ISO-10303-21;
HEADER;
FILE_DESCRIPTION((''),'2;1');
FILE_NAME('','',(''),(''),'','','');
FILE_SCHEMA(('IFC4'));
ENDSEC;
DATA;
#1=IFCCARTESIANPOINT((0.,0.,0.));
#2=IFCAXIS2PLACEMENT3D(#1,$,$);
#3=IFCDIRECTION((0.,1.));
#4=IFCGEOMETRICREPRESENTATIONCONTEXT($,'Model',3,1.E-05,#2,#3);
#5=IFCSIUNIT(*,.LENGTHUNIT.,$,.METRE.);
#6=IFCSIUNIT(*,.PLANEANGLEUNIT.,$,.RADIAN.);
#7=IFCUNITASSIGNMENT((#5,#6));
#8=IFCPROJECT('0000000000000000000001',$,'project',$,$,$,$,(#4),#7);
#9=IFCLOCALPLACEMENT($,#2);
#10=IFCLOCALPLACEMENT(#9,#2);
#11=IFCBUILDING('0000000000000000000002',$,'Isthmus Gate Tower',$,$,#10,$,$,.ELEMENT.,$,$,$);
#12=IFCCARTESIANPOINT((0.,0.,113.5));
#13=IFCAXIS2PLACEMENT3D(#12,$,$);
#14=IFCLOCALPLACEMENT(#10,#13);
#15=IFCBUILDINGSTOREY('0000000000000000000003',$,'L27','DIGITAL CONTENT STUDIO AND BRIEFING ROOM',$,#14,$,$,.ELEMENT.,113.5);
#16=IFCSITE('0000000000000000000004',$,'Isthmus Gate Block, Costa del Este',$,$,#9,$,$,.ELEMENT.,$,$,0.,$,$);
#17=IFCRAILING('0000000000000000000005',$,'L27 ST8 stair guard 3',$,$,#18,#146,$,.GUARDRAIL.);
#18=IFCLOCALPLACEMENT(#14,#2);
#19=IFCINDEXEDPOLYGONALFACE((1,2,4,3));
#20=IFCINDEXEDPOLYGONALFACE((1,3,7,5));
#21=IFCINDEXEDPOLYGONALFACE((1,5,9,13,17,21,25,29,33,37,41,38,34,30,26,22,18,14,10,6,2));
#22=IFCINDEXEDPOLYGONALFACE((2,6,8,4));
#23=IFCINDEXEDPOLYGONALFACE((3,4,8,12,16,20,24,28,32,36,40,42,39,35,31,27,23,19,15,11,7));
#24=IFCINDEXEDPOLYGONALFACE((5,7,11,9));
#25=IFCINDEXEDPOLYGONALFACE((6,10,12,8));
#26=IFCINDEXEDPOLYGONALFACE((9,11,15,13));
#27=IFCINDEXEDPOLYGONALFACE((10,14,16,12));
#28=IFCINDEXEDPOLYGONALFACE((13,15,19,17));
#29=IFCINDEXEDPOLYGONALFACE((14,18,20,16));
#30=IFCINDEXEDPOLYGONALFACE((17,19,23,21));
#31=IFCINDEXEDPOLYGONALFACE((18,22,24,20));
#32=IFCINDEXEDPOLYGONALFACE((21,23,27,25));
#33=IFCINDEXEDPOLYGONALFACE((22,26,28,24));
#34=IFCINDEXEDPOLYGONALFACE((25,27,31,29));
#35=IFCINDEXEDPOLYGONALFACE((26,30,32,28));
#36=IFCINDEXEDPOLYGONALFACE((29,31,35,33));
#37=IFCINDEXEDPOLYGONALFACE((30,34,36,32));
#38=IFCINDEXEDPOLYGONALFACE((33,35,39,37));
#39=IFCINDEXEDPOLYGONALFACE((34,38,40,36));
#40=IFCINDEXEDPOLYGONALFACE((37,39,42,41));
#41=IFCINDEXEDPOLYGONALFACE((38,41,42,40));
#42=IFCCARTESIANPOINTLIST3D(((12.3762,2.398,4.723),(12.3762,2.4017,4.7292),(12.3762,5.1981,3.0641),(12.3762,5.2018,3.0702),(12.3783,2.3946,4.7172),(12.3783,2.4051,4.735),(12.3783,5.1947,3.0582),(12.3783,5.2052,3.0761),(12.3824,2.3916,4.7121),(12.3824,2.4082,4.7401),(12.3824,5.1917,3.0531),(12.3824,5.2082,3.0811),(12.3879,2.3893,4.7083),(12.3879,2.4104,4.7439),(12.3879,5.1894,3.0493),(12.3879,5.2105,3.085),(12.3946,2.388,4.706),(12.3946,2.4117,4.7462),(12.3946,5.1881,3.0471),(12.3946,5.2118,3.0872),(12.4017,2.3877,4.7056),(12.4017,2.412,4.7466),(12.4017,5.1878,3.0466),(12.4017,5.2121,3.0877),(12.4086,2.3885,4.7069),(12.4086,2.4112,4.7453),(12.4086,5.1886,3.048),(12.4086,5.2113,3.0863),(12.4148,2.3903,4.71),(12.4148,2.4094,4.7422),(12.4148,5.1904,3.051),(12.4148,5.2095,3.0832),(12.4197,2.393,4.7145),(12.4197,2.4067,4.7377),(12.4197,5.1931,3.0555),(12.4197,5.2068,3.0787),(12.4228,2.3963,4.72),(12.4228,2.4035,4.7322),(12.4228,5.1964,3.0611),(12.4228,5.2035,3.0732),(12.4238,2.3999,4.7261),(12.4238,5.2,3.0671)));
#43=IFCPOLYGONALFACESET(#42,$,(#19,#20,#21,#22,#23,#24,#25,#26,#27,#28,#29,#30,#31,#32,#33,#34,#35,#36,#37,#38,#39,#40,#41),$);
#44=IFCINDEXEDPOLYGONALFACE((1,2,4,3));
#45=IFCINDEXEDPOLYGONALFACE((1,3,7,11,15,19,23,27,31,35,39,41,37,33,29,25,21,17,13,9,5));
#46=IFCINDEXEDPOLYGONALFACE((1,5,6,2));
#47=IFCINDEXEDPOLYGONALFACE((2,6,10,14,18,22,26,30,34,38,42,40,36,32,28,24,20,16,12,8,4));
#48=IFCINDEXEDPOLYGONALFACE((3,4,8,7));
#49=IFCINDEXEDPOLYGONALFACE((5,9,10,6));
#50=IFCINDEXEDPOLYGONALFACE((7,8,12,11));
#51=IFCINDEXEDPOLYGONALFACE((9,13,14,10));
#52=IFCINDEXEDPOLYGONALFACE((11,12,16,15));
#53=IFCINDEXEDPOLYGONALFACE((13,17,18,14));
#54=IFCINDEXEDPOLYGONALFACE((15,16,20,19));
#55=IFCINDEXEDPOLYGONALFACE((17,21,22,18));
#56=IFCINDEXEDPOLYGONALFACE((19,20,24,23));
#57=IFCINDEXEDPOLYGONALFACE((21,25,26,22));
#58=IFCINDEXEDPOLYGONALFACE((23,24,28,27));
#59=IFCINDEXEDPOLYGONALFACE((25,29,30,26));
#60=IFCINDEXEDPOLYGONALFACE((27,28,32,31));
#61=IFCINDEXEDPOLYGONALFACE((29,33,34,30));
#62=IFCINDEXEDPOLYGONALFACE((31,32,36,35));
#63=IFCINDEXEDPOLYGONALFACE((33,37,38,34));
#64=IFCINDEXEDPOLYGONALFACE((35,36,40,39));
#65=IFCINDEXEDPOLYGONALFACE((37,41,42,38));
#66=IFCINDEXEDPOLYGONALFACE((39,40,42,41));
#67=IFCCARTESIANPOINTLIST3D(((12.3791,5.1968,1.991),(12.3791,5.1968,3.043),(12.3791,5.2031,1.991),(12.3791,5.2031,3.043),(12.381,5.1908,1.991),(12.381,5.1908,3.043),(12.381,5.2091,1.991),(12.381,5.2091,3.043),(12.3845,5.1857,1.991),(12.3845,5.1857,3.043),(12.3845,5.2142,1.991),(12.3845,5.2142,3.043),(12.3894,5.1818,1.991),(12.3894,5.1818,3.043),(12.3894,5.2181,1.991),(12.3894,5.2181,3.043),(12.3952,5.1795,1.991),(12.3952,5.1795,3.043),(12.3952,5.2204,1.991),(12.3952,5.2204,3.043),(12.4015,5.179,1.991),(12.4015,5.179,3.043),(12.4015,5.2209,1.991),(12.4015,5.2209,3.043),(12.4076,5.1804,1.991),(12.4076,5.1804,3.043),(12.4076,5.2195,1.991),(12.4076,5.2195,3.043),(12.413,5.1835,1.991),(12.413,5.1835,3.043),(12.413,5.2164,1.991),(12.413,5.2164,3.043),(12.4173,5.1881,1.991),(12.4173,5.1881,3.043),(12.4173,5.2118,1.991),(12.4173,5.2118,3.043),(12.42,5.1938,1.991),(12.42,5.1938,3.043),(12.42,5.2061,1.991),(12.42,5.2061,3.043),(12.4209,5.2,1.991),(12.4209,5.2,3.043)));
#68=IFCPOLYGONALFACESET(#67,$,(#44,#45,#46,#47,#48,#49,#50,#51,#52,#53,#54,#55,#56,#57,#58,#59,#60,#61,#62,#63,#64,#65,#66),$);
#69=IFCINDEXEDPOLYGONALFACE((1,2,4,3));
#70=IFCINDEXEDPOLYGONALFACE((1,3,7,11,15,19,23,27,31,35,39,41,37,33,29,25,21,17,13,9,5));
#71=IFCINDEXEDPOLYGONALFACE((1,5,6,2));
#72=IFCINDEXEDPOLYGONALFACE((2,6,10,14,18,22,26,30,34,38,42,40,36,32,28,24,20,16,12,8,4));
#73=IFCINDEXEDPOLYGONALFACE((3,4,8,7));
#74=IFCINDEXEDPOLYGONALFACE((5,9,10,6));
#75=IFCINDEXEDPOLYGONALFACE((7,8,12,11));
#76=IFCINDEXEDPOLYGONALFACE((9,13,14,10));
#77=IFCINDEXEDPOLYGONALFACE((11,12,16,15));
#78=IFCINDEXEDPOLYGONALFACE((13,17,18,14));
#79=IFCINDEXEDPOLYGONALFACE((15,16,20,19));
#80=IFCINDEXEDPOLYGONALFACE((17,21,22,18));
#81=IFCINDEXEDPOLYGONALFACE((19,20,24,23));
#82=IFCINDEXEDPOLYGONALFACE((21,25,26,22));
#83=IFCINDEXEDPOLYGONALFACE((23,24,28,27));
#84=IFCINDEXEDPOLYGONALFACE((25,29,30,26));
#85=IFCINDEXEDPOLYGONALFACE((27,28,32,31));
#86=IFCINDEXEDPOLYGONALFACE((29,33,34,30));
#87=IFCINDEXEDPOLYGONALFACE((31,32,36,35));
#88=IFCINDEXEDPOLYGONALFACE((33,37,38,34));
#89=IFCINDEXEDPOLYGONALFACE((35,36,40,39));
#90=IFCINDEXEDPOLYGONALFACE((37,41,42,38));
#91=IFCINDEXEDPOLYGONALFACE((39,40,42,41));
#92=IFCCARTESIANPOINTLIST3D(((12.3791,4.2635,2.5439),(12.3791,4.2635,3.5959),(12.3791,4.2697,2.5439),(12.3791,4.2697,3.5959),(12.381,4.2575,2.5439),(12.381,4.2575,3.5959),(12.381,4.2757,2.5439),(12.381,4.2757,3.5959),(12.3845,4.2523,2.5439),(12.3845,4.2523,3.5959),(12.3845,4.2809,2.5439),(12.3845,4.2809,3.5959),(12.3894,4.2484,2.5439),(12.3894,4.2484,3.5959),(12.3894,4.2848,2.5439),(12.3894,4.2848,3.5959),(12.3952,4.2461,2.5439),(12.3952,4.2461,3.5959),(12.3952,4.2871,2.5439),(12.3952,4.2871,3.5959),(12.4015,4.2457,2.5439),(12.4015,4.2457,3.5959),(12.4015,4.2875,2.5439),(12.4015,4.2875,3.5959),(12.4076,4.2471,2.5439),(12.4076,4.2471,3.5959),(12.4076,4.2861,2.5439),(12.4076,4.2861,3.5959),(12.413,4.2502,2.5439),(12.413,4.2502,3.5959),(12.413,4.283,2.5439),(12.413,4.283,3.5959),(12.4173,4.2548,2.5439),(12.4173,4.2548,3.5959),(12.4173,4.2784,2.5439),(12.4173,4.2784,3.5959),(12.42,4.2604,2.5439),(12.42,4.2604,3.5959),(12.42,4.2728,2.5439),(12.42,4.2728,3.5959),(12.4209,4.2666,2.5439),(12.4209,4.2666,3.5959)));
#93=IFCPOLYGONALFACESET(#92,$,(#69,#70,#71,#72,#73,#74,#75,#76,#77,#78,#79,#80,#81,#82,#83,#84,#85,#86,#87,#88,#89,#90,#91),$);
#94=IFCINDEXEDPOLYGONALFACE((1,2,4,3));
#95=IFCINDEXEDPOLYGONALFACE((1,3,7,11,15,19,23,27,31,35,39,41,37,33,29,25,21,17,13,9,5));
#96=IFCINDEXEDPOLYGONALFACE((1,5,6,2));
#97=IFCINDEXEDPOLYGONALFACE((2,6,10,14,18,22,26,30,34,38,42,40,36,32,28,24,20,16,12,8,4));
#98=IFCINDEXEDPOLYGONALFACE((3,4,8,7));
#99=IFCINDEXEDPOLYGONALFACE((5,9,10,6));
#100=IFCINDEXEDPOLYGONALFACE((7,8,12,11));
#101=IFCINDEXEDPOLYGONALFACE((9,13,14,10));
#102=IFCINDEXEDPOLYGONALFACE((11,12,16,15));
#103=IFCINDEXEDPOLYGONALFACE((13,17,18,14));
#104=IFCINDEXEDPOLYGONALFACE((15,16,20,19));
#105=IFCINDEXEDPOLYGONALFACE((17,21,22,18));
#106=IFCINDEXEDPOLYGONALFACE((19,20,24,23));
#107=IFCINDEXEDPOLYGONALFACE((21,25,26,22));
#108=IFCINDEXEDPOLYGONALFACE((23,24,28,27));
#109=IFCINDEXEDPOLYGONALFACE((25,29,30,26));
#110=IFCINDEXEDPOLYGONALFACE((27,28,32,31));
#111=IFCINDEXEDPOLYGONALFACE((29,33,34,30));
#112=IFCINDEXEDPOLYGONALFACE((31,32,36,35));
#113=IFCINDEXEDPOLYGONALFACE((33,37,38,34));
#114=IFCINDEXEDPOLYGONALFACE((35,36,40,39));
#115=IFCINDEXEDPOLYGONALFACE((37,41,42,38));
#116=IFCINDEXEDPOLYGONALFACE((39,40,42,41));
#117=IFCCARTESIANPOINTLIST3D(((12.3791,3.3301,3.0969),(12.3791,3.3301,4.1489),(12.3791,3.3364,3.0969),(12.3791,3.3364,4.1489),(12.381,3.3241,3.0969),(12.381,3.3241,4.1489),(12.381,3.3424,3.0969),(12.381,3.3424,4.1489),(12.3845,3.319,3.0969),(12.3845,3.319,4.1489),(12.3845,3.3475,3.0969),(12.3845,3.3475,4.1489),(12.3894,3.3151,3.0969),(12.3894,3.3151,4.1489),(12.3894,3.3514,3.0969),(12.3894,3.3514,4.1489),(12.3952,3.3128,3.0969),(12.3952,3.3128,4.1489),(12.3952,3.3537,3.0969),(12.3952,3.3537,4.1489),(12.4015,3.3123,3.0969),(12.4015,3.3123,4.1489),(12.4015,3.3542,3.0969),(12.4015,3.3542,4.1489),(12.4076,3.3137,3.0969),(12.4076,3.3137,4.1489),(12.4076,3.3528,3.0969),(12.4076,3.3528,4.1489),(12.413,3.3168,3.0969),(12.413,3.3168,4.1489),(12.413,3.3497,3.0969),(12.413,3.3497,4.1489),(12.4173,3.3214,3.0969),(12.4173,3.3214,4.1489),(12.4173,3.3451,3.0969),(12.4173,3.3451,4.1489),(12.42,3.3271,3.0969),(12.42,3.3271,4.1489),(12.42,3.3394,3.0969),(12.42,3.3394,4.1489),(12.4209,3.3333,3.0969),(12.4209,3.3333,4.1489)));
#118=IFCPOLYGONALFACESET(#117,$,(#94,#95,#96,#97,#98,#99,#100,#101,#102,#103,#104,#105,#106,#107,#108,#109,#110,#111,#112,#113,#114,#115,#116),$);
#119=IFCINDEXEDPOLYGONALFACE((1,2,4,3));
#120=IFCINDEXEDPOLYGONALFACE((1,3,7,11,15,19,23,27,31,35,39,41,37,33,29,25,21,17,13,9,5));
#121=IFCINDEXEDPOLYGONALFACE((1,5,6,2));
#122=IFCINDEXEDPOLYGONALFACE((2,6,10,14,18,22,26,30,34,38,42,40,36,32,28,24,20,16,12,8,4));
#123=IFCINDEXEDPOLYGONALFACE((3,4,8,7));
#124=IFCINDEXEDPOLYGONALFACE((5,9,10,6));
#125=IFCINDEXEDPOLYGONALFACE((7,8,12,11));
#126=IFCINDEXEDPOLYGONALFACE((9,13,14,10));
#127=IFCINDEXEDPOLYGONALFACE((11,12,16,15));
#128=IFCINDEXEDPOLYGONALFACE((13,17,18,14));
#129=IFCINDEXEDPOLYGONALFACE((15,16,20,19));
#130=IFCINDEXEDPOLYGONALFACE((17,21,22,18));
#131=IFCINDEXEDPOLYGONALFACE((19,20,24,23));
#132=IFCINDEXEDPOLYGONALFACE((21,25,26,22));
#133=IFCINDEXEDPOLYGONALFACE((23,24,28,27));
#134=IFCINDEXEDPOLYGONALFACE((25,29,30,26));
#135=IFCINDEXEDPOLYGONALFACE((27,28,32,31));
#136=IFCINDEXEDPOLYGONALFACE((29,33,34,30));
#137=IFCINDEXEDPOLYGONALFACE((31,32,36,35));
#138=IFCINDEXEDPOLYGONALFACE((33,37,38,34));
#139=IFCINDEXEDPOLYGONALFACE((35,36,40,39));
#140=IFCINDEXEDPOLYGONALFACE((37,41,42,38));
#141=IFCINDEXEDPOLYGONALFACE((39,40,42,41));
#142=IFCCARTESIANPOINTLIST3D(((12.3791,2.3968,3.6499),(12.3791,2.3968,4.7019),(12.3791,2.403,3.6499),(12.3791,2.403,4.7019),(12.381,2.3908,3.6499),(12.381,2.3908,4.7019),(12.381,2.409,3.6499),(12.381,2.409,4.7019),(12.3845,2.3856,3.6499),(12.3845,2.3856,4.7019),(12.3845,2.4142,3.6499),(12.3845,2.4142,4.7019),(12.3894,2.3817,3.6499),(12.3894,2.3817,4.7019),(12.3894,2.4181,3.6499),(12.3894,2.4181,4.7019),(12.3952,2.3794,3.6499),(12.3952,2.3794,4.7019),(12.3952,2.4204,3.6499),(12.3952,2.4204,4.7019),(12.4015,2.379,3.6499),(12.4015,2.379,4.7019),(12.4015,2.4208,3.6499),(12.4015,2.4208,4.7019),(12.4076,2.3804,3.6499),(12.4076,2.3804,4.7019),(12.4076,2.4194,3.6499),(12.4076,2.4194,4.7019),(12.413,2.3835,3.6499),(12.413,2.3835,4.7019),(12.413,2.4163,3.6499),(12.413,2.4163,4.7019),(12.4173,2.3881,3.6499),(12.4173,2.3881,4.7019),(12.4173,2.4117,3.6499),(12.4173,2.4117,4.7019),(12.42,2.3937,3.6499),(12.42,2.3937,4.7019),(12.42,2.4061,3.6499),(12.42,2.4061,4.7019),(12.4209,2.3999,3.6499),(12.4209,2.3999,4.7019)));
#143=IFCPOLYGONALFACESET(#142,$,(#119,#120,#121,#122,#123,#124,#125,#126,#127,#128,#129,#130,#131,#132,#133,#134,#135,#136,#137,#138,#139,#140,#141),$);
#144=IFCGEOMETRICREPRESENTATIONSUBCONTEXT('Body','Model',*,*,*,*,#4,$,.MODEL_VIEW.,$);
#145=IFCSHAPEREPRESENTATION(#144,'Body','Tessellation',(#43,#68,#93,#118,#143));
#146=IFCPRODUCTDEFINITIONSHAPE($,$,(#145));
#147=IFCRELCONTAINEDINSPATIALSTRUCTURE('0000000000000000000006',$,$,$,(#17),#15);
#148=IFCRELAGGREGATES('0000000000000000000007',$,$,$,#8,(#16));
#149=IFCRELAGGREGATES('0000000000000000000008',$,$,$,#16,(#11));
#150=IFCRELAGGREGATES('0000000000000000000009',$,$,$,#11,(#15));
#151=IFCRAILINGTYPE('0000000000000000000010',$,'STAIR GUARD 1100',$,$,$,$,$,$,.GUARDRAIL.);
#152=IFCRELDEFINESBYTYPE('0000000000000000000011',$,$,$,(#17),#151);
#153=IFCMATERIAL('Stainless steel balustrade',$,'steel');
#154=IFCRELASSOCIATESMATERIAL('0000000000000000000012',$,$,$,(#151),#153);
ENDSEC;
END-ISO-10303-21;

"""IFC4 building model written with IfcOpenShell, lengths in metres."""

from ifc_helpers import new_model, si_unit, direction, frame, origin, origin_2d, place, context, subcontext, project, spatial, circle, extrude, material, type_object, element, save


model = new_model("IFC4")

# Units and contexts
model_context = context("Model", 3, precision=1e-05, world=origin(), true_north=direction((0.0, 1.0)))
body_context = subcontext(model_context, "Body", "Model", "MODEL_VIEW")
ifc_project = project(units=[si_unit("LENGTHUNIT", "METRE"), si_unit("PLANEANGLEUNIT", "RADIAN")], contexts=[model_context])

# Site, building, storey
site_placement = place(None, origin())
site = spatial("IfcSite", under=ifc_project, at=site_placement, Name="Isthmus Gate Block, Costa del Este", CompositionType="ELEMENT", RefElevation=0.0)
building_placement = place(site_placement, origin())
building = spatial("IfcBuilding", under=site, at=building_placement, Name="Isthmus Gate Tower", CompositionType="ELEMENT")
storey_placement = place(building_placement, frame((0.0, 0.0, 113.5)))
storey = spatial("IfcBuildingStorey", under=building, at=storey_placement, Name="L27", Description="DIGITAL CONTENT STUDIO AND BRIEFING ROOM", CompositionType="ELEMENT", Elevation=113.5)

# Railing
ifc_material_1 = material(Name="Stainless steel balustrade", Category="steel")
railing_type_1 = type_object("IfcRailingType", Name="STAIR GUARD 1100", PredefinedType="GUARDRAIL", material=ifc_material_1)
railing_1_placement = place(storey_placement, frame((12.3999, 5.2, 1.991)))
element("IfcRailing", 1, at=railing_1_placement, inside=storey, type_object=railing_type_1, Name="L27 ST8 stair guard 3", PredefinedType="GUARDRAIL", context=body_context, shape_type="SweptSolid", body=[
    extrude(circle(Radius=0.0239, at=origin_2d()), frame((0.0, 0.0, 1.0762), z_axis=(0.0, -0.860339, 0.509722), x_axis=(1.0, 0.0, 0.0)), (0.0, 0.0, 1.0), 3.2546),
    extrude(circle(Radius=0.021, at=origin_2d()), origin(), (0.0, 0.0, 1.0), 1.052),
    extrude(circle(Radius=0.021, at=origin_2d()), frame((0.0, -0.9333, 0.553)), (0.0, 0.0, 1.0), 1.052),
    extrude(circle(Radius=0.021, at=origin_2d()), frame((0.0, -1.8667, 1.106)), (0.0, 0.0, 1.0), 1.052),
    extrude(circle(Radius=0.021, at=origin_2d()), frame((0.0, -2.8, 1.6589)), (0.0, 0.0, 1.0), 1.052),
])

save(model, "model.ifc")
